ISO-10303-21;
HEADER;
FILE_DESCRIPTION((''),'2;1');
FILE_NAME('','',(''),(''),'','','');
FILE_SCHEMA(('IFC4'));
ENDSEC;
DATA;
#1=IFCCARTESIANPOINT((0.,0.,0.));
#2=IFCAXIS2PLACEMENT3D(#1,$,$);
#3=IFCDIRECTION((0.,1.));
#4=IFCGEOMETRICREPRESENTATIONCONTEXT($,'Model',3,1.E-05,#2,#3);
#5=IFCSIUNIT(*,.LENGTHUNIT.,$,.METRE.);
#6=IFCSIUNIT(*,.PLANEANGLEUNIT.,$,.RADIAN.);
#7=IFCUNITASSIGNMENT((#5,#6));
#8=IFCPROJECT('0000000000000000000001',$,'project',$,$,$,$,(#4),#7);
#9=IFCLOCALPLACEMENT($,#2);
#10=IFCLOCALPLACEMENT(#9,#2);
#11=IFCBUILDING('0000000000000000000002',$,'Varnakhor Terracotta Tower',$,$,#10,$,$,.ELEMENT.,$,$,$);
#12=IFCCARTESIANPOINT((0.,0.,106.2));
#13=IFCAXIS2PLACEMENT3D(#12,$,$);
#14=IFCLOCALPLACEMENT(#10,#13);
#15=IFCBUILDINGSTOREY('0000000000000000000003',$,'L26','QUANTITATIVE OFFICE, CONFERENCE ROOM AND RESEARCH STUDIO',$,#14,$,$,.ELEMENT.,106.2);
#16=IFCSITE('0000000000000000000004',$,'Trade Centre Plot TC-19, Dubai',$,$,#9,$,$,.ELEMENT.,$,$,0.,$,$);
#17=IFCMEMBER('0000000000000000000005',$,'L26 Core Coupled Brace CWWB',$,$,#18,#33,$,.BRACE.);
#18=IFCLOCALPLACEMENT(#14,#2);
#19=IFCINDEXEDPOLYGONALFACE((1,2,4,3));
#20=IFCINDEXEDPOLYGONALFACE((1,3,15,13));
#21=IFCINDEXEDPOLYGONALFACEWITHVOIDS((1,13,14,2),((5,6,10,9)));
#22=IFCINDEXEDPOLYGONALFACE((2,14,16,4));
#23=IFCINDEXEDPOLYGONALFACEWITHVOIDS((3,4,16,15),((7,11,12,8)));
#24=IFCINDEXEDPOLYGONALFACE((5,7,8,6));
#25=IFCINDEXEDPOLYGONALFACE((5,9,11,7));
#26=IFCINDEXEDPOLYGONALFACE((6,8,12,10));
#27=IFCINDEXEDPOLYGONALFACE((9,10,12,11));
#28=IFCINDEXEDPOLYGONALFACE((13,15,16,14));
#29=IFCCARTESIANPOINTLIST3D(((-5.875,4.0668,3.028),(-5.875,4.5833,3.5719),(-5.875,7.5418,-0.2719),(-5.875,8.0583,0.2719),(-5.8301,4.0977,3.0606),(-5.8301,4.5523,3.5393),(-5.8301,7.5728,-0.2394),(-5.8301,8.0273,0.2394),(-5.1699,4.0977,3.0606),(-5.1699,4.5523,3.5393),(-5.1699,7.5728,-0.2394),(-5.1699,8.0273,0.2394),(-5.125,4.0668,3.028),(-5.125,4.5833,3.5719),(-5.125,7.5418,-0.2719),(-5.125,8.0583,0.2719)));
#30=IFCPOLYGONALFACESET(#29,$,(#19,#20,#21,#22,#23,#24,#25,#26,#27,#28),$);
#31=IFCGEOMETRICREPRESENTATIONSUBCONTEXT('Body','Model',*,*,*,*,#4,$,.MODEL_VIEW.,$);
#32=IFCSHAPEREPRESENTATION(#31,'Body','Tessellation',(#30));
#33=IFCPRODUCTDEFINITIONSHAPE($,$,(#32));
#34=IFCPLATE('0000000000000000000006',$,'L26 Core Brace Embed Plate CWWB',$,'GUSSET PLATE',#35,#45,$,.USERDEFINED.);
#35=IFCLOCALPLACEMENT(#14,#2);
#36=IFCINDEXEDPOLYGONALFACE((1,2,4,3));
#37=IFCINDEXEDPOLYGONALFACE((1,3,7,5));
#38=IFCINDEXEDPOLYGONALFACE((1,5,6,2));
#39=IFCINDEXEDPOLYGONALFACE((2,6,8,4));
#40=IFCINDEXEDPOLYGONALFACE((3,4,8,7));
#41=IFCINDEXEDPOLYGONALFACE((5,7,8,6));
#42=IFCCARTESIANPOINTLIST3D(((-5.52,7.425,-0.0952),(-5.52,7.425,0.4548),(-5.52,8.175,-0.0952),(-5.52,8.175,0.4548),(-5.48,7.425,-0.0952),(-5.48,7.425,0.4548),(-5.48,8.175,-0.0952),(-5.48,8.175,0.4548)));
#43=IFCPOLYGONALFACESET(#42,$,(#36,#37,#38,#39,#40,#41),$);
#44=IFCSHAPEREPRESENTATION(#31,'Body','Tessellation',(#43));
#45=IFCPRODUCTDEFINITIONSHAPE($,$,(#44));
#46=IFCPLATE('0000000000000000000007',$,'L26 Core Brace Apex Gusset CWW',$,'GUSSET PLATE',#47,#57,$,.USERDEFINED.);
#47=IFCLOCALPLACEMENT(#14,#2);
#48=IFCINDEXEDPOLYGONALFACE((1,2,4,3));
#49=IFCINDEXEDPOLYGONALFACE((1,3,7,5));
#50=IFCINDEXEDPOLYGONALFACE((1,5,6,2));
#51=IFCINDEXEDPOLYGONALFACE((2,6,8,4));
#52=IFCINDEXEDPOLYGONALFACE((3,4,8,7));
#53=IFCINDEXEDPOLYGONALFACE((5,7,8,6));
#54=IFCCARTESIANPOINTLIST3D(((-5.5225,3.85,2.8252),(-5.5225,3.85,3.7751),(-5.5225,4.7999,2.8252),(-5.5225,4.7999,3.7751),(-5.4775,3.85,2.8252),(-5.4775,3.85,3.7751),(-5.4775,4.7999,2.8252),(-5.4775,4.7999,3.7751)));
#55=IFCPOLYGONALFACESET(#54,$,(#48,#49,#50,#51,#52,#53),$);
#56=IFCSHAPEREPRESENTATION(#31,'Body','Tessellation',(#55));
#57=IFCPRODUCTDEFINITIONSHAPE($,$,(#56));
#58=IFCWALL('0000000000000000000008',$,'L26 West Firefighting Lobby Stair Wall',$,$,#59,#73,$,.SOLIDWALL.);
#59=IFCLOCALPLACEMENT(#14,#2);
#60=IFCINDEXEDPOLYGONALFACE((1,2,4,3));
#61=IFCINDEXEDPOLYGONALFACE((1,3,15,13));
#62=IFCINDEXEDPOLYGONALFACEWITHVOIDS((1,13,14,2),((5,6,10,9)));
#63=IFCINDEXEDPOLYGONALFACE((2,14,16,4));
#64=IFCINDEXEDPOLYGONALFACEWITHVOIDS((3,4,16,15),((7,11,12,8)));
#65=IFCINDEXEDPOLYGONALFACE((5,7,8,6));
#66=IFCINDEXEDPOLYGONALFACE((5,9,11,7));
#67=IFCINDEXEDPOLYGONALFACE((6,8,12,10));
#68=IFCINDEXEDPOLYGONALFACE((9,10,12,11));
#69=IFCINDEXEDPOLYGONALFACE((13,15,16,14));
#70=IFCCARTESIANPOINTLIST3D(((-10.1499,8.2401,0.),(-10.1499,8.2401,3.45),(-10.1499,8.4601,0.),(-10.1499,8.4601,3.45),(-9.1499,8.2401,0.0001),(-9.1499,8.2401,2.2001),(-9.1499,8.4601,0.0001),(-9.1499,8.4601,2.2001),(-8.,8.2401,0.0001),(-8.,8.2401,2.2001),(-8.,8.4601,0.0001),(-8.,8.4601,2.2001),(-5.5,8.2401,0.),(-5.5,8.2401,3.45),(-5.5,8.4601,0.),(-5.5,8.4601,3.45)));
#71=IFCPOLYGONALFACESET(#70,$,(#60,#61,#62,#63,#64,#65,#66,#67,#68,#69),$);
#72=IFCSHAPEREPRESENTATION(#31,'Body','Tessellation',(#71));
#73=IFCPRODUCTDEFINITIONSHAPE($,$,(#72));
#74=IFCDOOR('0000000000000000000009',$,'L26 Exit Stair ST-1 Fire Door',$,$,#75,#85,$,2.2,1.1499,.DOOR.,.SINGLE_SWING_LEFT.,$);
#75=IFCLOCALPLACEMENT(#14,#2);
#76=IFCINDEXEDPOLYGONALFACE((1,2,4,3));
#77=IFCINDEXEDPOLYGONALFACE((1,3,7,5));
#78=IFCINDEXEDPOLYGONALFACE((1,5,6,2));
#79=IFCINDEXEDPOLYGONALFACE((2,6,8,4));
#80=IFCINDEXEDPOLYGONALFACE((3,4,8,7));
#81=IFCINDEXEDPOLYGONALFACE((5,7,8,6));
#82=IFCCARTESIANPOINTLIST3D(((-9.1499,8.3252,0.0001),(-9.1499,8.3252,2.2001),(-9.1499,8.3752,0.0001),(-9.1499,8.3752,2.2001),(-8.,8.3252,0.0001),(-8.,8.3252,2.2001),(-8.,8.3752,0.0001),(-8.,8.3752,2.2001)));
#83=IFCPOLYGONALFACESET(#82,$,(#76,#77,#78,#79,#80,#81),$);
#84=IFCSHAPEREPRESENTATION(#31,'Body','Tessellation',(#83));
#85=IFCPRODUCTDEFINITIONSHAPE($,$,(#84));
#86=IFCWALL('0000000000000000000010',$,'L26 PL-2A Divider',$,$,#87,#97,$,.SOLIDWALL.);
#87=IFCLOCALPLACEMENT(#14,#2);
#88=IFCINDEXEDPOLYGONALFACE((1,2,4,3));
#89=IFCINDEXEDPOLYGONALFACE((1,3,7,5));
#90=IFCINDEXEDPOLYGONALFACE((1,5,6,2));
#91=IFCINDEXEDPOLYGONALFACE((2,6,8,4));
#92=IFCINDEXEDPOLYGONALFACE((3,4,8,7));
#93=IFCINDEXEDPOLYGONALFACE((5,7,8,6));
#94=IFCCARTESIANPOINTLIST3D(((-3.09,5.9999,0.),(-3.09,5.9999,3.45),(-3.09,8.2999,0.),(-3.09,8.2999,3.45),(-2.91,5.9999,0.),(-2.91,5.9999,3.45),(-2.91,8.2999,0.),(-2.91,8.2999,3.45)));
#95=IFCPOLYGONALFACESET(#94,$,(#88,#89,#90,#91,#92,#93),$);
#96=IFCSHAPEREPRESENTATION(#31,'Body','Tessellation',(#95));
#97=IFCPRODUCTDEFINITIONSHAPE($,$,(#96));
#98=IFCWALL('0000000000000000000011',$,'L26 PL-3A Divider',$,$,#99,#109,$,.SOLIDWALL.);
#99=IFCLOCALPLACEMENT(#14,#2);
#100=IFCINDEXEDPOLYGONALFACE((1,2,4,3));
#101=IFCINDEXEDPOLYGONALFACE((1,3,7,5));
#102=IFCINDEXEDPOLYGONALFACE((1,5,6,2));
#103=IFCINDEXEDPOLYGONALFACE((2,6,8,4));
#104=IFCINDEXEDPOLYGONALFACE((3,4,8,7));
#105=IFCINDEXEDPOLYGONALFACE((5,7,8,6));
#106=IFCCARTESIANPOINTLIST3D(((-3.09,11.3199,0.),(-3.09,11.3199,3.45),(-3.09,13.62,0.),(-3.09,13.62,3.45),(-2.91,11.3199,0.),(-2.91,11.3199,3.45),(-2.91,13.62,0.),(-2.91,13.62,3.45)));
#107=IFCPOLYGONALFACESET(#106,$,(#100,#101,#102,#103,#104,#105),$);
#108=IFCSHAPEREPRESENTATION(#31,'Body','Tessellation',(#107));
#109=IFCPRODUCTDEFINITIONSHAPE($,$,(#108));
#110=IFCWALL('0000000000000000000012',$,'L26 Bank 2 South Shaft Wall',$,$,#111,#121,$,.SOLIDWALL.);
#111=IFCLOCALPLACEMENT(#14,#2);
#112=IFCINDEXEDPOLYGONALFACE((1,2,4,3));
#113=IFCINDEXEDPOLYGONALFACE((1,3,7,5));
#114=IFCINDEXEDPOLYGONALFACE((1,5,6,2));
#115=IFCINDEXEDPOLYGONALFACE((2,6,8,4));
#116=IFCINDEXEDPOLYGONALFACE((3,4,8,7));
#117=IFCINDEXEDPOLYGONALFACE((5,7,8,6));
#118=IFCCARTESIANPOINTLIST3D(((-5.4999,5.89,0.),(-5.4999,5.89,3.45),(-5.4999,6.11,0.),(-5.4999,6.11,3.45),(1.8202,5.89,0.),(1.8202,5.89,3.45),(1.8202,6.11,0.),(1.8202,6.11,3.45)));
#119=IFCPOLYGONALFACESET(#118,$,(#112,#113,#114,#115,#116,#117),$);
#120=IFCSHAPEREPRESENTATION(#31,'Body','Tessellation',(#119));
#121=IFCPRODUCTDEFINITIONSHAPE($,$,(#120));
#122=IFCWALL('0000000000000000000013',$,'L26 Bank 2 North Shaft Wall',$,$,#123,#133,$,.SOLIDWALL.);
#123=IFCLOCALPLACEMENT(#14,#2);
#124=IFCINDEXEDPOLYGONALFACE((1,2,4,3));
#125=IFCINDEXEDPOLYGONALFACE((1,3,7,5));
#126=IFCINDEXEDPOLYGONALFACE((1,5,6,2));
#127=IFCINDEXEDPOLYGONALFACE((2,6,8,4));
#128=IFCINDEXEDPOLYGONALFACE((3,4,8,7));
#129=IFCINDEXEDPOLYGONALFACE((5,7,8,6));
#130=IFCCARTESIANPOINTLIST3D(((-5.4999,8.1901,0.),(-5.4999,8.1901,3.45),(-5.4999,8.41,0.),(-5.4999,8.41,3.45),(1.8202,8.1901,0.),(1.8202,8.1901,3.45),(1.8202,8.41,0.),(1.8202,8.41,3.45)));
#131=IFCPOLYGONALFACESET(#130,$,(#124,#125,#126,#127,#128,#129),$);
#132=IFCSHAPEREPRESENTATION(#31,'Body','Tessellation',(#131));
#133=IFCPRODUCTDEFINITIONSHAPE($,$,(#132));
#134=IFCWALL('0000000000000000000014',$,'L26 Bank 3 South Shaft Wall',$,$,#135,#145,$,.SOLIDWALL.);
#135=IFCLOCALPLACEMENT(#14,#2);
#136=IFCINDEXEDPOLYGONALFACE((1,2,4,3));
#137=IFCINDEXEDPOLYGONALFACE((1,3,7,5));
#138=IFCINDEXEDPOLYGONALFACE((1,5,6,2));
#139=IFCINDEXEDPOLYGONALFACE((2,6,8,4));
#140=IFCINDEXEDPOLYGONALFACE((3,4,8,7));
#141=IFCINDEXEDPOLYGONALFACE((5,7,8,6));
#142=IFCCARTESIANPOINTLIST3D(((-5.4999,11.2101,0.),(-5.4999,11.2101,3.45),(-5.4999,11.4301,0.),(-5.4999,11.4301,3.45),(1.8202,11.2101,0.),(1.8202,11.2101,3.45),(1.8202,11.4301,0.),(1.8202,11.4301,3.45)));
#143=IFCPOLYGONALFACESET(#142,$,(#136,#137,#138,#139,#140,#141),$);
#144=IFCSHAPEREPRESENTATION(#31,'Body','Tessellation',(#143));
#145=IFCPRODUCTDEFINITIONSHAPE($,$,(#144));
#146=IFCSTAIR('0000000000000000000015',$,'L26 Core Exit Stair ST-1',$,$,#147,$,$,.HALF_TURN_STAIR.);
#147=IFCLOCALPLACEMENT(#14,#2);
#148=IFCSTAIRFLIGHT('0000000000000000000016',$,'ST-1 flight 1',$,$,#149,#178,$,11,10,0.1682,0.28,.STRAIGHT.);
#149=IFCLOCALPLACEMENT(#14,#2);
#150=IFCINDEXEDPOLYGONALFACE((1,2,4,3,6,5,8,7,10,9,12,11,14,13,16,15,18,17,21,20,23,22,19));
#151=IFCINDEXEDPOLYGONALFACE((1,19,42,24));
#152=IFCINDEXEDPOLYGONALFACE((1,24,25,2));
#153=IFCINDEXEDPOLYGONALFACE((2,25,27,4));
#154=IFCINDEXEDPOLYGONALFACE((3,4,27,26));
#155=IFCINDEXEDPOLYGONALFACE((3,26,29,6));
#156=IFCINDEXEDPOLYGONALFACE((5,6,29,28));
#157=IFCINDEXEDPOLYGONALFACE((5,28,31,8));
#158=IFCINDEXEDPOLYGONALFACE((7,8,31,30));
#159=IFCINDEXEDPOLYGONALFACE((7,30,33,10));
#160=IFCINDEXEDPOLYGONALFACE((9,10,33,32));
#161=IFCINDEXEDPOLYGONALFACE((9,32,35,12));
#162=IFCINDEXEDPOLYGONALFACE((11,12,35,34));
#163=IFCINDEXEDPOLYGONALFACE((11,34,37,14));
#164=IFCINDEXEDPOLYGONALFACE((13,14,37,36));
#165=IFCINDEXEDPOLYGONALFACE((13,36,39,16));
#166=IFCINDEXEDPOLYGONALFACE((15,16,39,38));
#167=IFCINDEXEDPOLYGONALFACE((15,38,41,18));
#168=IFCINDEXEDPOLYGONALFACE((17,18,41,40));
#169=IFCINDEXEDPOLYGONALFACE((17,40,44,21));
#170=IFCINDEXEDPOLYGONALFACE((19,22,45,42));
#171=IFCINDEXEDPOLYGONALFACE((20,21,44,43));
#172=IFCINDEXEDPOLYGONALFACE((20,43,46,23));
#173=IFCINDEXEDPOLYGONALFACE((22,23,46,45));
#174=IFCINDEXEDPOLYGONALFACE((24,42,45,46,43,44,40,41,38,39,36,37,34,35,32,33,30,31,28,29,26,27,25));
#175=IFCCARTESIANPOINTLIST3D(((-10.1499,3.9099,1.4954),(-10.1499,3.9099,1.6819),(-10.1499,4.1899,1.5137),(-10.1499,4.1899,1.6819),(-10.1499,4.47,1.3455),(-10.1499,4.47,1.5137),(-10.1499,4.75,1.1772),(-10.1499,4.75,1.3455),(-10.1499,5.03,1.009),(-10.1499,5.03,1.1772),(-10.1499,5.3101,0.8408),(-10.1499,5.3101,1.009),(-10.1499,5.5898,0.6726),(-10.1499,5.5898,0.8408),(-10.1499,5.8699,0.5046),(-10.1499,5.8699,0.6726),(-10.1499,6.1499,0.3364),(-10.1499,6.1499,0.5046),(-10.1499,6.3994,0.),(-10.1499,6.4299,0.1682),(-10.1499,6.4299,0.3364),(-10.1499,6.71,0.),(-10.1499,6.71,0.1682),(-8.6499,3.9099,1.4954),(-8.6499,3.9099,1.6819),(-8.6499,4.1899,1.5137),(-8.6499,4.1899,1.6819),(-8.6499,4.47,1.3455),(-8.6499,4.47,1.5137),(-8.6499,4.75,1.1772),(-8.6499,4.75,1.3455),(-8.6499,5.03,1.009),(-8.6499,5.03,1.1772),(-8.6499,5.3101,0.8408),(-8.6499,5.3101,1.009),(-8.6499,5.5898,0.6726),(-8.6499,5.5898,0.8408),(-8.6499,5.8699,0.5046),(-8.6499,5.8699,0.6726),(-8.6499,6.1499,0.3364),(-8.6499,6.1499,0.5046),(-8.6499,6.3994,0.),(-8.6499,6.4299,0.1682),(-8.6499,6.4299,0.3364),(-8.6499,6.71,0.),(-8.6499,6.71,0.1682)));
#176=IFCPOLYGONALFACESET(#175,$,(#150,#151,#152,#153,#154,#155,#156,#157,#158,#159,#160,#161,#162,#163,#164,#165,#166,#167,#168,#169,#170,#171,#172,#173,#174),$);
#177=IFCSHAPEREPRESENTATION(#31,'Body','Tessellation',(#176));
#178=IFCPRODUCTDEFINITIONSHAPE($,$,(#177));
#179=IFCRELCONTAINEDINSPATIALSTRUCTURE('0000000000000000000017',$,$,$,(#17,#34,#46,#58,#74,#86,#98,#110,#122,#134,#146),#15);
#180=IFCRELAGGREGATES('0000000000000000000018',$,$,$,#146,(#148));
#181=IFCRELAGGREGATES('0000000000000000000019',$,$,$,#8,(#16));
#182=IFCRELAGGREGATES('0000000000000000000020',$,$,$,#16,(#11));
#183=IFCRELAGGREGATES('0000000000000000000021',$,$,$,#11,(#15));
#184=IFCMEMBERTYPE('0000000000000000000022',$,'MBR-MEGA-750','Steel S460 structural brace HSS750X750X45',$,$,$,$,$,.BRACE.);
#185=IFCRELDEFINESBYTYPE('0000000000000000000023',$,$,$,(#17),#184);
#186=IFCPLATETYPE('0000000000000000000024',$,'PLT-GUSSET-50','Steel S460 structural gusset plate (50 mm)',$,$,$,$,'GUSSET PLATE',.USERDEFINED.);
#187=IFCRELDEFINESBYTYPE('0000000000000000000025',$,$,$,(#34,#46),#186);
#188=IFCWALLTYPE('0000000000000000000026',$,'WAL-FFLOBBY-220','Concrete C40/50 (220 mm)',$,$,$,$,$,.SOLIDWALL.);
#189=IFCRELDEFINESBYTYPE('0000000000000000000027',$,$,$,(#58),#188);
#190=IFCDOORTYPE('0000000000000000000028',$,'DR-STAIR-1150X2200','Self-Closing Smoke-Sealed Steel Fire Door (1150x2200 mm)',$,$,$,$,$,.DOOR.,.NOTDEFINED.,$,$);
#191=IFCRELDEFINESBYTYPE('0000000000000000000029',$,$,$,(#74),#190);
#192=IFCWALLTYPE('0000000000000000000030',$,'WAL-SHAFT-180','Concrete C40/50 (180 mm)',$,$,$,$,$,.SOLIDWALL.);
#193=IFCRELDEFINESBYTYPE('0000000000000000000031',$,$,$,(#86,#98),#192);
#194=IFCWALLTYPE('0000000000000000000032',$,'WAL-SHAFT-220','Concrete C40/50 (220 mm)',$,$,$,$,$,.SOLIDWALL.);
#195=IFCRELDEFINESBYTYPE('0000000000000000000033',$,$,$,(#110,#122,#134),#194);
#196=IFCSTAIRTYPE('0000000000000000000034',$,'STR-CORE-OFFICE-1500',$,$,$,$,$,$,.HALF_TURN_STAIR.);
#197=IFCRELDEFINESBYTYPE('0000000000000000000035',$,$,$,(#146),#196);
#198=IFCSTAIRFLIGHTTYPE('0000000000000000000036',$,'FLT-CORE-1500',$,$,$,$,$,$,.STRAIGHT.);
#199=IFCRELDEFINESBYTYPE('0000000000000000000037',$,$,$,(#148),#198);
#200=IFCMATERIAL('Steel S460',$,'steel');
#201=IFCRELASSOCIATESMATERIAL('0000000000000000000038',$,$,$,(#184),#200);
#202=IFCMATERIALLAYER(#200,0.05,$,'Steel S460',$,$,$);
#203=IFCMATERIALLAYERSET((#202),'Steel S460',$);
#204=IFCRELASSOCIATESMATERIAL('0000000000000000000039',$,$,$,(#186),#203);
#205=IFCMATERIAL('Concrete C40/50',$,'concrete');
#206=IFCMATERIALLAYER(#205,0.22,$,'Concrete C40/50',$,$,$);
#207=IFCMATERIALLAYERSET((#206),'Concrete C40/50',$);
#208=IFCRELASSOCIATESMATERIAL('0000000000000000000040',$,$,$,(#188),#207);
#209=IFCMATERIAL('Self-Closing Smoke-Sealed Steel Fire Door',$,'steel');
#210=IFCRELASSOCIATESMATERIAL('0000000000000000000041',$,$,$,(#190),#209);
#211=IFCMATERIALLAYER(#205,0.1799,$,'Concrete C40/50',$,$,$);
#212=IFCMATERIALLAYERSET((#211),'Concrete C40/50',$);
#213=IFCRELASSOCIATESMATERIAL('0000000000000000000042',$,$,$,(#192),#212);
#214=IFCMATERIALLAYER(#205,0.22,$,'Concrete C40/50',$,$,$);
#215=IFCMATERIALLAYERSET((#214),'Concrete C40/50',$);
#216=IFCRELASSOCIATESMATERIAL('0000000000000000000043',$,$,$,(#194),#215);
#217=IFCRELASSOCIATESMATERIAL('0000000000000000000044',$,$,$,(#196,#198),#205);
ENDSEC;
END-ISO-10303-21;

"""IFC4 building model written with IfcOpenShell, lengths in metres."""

from ifc_helpers import new_model, si_unit, direction, frame, frame_2d, origin, origin_2d, place, context, subcontext, project, spatial, polyline, rectangle, hollow_rectangle, outline, extrude, source, transform, mapped, material, layer, layer_set, material_profile, profile_set, type_object, type_shapes, element, fill, aggregate, save


model = new_model("IFC4")

# Units and contexts
model_context = context("Model", 3, precision=1e-05, world=origin(), true_north=direction((0.0, 1.0)))
body_context = subcontext(model_context, "Body", "Model", "MODEL_VIEW")
ifc_project = project(units=[si_unit("LENGTHUNIT", "METRE"), si_unit("PLANEANGLEUNIT", "RADIAN")], contexts=[model_context])

# Site, building, storey
site_placement = place(None, origin())
site = spatial("IfcSite", under=ifc_project, at=site_placement, Name="Trade Centre Plot TC-19, Dubai", CompositionType="ELEMENT", RefElevation=0.0)
building_placement = place(site_placement, origin())
building = spatial("IfcBuilding", under=site, at=building_placement, Name="Varnakhor Terracotta Tower", CompositionType="ELEMENT")
storey_placement = place(building_placement, frame((0.0, 0.0, 106.2)))
storey = spatial("IfcBuildingStorey", under=building, at=storey_placement, Name="L26", Description="QUANTITATIVE OFFICE, CONFERENCE ROOM AND RESEARCH STUDIO", CompositionType="ELEMENT", Elevation=106.2)

# Member
ifc_material_1 = material(Name="Steel S460", Category="steel")
ifc_material_profile = material_profile(ifc_material_1, hollow_rectangle(XDim=0.75, YDim=0.75, WallThickness=0.0449, at=origin_2d()), Name="HSS750X750X45")
ifc_profile_set = profile_set([ifc_material_profile], Name="Steel S460")
member_type = type_object("IfcMemberType", Name="MBR-MEGA-750", Description="Steel S460 structural brace HSS750X750X45", PredefinedType="BRACE", material=ifc_profile_set)
shared_shape_1 = source(origin(), body_context, "Body", "SweptSolid", [
    extrude(hollow_rectangle(XDim=0.75, YDim=0.75, WallThickness=0.0449, at=origin_2d()), origin(), (0.0, 0.0, 1.0), 4.7922),
])
member_placement = place(storey_placement, frame((-5.5, 7.8, 0.0), z_axis=(0.0, -0.725134, 0.688608), x_axis=(1.0, 0.0, 0.0)))
element("IfcMember", 1, at=member_placement, inside=storey, type_object=member_type, Name="L26 Core Coupled Brace CWWB", PredefinedType="BRACE", context=body_context, shape_type="MappedRepresentation", body=[
    mapped(shared_shape_1, transform((0.0, 0.0, 0.0), scale=1.0)),
])

# Plates
ifc_layer_1 = layer(ifc_material_1, 0.05, Name="Steel S460")
ifc_layer_set_1 = layer_set([ifc_layer_1], Name="Steel S460")
plate_type = type_object("IfcPlateType", Name="PLT-GUSSET-50", Description="Steel S460 structural gusset plate (50 mm)", ElementType="GUSSET PLATE", PredefinedType="USERDEFINED", material=ifc_layer_set_1)
shared_shape_2 = source(origin(), body_context, "Body", "SweptSolid", [
    extrude(rectangle(XDim=0.75, YDim=0.04, at=origin_2d()), origin(), (0.0, 0.0, 1.0), 0.55),
])
type_shapes(plate_type, [shared_shape_2])
plate_1_placement = place(storey_placement, frame((-5.5, 7.8, -0.0952), z_axis=(0.0, 0.0, 1.0), x_axis=(0.0, 1.0, 0.0)))
element("IfcPlate", 2, at=plate_1_placement, inside=storey, type_object=plate_type, Name="L26 Core Brace Embed Plate CWWB", ObjectType="GUSSET PLATE", PredefinedType="USERDEFINED", context=body_context, shape_type="MappedRepresentation", body=[
    mapped(shared_shape_2, transform((0.0, 0.0, 0.0), scale=1.0)),
])
shared_shape_3 = source(origin(), body_context, "Body", "SweptSolid", [
    extrude(rectangle(XDim=0.95, YDim=0.0449, at=origin_2d()), origin(), (0.0, 0.0, 1.0), 0.95),
])
plate_2_placement = place(storey_placement, frame((-5.5, 4.325, 2.8252), z_axis=(0.0, 0.0, 1.0), x_axis=(0.0, 1.0, 0.0)))
element("IfcPlate", 3, at=plate_2_placement, inside=storey, type_object=plate_type, Name="L26 Core Brace Apex Gusset CWW", ObjectType="GUSSET PLATE", PredefinedType="USERDEFINED", context=body_context, shape_type="MappedRepresentation", body=[
    mapped(shared_shape_3, transform((0.0, 0.0, 0.0), scale=1.0)),
])

# Wall, opening, door
ifc_material_2 = material(Name="Concrete C40/50", Category="concrete")
ifc_layer_2 = layer(ifc_material_2, 0.22, Name="Concrete C40/50")
ifc_layer_set_2 = layer_set([ifc_layer_2], Name="Concrete C40/50")
wall_type_1 = type_object("IfcWallType", Name="WAL-FFLOBBY-220", Description="Concrete C40/50 (220 mm)", PredefinedType="SOLIDWALL", material=ifc_layer_set_2)
wall_placement = place(storey_placement, frame((-5.5, 8.3501, 0.0), z_axis=(0.0, 0.0, 1.0), x_axis=(-1.0, 0.0, 0.0)))
wall = element("IfcWall", 4, at=wall_placement, inside=storey, type_object=wall_type_1, Name="L26 West Firefighting Lobby Stair Wall", PredefinedType="SOLIDWALL", context=body_context, shape_type="SweptSolid", body=[
    extrude(rectangle(XDim=4.6499, YDim=0.22, at=frame_2d((2.325, 0.0))), origin(), (0.0, 0.0, 1.0), 3.45),
])
opening_placement = place(wall_placement, frame((2.5, 0.0, 0.0)))
opening = element("IfcOpeningElement", 5, at=opening_placement, cuts=wall, PredefinedType="OPENING", context=body_context, shape_type="SweptSolid", body=[
    extrude(rectangle(XDim=1.1499, YDim=2.2, at=frame_2d((0.575, 1.1001))), frame((0.0, 0.1201, 0.0), z_axis=(0.0, -1.0, 0.0), x_axis=(1.0, 0.0, 0.0)), (0.0, 0.0, 1.0), 0.24),
])
ifc_material_3 = material(Name="Self-Closing Smoke-Sealed Steel Fire Door", Category="steel")
door_type = type_object("IfcDoorType", Name="DR-STAIR-1150X2200", Description="Self-Closing Smoke-Sealed Steel Fire Door (1150x2200 mm)", OperationType="NOTDEFINED", PredefinedType="DOOR", material=ifc_material_3)
shared_shape_4 = source(origin(), body_context, "Body", "SweptSolid", [
    extrude(rectangle(XDim=1.1499, YDim=2.2, at=frame_2d((0.575, 1.1001))), frame((0.0, 0.0249, 0.0), z_axis=(0.0, -1.0, 0.0), x_axis=(1.0, 0.0, 0.0)), (0.0, 0.0, 1.0), 0.05),
])
type_shapes(door_type, [shared_shape_4])
door_placement = place(opening_placement, origin())
door = element("IfcDoor", 6, at=door_placement, inside=storey, type_object=door_type, Name="L26 Exit Stair ST-1 Fire Door", OperationType="SINGLE_SWING_LEFT", OverallHeight=2.2, OverallWidth=1.1499, PredefinedType="DOOR", context=body_context, shape_type="MappedRepresentation", body=[
    mapped(shared_shape_4, transform((0.0, 0.0, 0.0), scale=1.0)),
])
fill(opening, door)

# Walls
ifc_layer_3 = layer(ifc_material_2, 0.1799, Name="Concrete C40/50")
ifc_layer_set_3 = layer_set([ifc_layer_3], Name="Concrete C40/50")
wall_type_2 = type_object("IfcWallType", Name="WAL-SHAFT-180", Description="Concrete C40/50 (180 mm)", PredefinedType="SOLIDWALL", material=ifc_layer_set_3)
for number, where, z_axis, x_axis, name in (
    (7, (-3.0, 6.0, 0.0), (0.0, 0.0, 1.0), (0.0, 1.0, 0.0), "L26 PL-2A Divider"),
    (8, (-3.0, 11.3201, 0.0), (0.0, 0.0, 1.0), (0.0, 1.0, 0.0), "L26 PL-3A Divider"),
):
    element("IfcWall", number, at=place(storey_placement, frame(where, z_axis=z_axis, x_axis=x_axis)), inside=storey, type_object=wall_type_2, Name=name, PredefinedType="SOLIDWALL", context=body_context, shape_type="SweptSolid", body=[
        extrude(rectangle(XDim=2.3, YDim=0.1799, at=frame_2d((1.1499, 0.0))), origin(), (0.0, 0.0, 1.0), 3.45),
    ])
ifc_layer_4 = layer(ifc_material_2, 0.22, Name="Concrete C40/50")
ifc_layer_set_4 = layer_set([ifc_layer_4], Name="Concrete C40/50")
wall_type_3 = type_object("IfcWallType", Name="WAL-SHAFT-220", Description="Concrete C40/50 (220 mm)", PredefinedType="SOLIDWALL", material=ifc_layer_set_4)
for number, where, z_axis, x_axis, name in (
    (9, (-5.5, 6.0, 0.0), (0.0, 0.0, 1.0), (1.0, 0.0, 0.0), "L26 Bank 2 South Shaft Wall"),
    (10, (-5.5, 8.3, 0.0), (0.0, 0.0, 1.0), (1.0, 0.0, 0.0), "L26 Bank 2 North Shaft Wall"),
    (11, (-5.5, 11.3201, 0.0), (0.0, 0.0, 1.0), (1.0, 0.0, 0.0), "L26 Bank 3 South Shaft Wall"),
):
    element("IfcWall", number, at=place(storey_placement, frame(where, z_axis=z_axis, x_axis=x_axis)), inside=storey, type_object=wall_type_3, Name=name, PredefinedType="SOLIDWALL", context=body_context, shape_type="SweptSolid", body=[
        extrude(rectangle(XDim=7.3201, YDim=0.22, at=frame_2d((3.6602, 0.0))), origin(), (0.0, 0.0, 1.0), 3.45),
    ])

# Stair, stair flight
stair_type = type_object("IfcStairType", Name="STR-CORE-OFFICE-1500", PredefinedType="HALF_TURN_STAIR", material=ifc_material_2)
stair_placement = place(storey_placement, origin())
stair = element("IfcStair", 12, at=stair_placement, inside=storey, type_object=stair_type, Name="L26 Core Exit Stair ST-1", PredefinedType="HALF_TURN_STAIR")
stair_flight_type = type_object("IfcStairFlightType", Name="FLT-CORE-1500", PredefinedType="STRAIGHT", material=ifc_material_2)
stair_flight_1_placement = place(storey_placement, frame((-9.3999, 6.71, 0.0), z_axis=(0.0, 0.0, 1.0), x_axis=(0.0, -1.0, 0.0)))
stair_flight_1 = element("IfcStairFlight", 13, at=stair_flight_1_placement, type_object=stair_flight_type, Name="ST-1 flight 1", NumberOfRisers=11, NumberOfTreads=10, PredefinedType="STRAIGHT", RiserHeight=0.1682, TreadLength=0.28, context=body_context, shape_type="SweptSolid", body=[
    extrude(outline(polyline([(0.0, 0.0), (0.0, 0.1682), (0.28, 0.1682), (0.28, 0.3364), (0.5601, 0.3364), (0.5601, 0.5046), (0.8401, 0.5046), (0.8401, 0.6726), (1.1201, 0.6726), (1.1201, 0.8408), (1.3999, 0.8408), (1.3999, 1.009), (1.6799, 1.009), (1.6799, 1.1772), (1.96, 1.1772), (1.96, 1.3455), (2.24, 1.3455), (2.24, 1.5137), (2.52, 1.5137), (2.52, 1.6819), (2.8, 1.6819), (2.8, 1.8501), (2.8, 1.4954), (0.3105, 0.0), (0.0, 0.0)])), frame((0.0, 0.75, 0.0), z_axis=(0.0, -1.0, 0.0), x_axis=(1.0, 0.0, 0.0)), (0.0, 0.0, 1.0), 1.5),
])
aggregate(stair, [stair_flight_1])

save(model, "model.ifc")
